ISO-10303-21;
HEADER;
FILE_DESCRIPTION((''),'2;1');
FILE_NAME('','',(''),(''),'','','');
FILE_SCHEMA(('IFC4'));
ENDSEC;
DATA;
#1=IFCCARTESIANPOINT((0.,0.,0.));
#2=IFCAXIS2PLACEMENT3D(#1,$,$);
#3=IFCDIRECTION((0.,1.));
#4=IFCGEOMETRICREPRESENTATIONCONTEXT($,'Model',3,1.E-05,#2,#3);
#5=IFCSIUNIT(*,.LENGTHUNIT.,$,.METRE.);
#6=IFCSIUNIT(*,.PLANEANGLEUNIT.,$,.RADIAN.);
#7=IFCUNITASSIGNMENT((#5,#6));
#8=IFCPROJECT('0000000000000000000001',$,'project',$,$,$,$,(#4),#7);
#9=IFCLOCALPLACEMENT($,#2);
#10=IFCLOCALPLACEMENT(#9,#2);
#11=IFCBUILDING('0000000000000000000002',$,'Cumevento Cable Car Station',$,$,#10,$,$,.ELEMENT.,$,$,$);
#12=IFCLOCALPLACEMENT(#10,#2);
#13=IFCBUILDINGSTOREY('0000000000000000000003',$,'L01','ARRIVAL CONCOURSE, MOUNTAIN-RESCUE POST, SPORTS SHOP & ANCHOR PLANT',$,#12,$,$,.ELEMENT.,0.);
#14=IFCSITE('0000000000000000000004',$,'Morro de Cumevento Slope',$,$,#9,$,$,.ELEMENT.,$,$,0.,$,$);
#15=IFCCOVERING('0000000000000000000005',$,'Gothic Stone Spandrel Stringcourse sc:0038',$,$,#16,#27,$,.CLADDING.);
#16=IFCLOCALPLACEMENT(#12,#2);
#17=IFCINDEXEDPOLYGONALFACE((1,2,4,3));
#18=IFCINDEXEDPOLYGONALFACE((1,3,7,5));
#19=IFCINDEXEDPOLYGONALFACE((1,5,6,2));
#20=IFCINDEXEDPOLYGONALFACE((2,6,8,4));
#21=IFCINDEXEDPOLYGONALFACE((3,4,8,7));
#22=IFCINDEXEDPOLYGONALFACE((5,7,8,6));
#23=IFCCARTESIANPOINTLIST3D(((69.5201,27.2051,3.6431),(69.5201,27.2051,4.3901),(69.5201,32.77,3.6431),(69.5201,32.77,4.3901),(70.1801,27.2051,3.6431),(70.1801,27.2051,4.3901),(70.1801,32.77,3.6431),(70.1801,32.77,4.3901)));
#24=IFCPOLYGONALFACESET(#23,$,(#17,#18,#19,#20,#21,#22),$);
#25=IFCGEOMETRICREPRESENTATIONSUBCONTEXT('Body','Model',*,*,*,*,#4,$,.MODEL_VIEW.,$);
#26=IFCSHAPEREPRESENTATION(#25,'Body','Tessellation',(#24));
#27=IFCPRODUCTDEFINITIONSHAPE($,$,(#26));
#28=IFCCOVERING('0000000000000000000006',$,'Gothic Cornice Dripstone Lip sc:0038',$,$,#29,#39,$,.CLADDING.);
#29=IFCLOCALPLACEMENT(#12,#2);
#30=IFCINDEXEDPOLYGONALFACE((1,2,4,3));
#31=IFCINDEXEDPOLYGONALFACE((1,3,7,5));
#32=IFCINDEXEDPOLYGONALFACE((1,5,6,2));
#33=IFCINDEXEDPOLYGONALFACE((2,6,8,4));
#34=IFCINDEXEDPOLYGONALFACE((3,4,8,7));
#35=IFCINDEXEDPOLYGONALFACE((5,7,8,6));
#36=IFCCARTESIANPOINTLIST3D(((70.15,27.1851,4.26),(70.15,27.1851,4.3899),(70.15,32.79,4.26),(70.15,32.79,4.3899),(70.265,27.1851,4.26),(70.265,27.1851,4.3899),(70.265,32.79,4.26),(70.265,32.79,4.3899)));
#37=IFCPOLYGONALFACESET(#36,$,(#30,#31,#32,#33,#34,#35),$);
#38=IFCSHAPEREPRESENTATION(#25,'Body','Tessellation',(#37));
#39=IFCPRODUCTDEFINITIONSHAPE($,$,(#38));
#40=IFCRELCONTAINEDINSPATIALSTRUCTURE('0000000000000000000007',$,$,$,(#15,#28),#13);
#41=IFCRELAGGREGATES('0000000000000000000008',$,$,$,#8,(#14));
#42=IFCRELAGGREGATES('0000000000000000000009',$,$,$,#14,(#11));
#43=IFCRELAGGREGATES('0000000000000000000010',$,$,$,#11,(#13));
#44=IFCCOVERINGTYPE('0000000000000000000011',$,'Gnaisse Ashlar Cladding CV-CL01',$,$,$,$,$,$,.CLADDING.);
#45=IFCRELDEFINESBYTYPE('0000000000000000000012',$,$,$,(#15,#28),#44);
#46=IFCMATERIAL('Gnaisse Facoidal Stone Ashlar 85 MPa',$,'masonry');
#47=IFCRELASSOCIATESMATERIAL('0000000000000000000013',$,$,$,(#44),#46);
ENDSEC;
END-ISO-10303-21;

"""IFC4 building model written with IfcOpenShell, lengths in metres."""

from ifc_helpers import new_model, si_unit, direction, frame, origin, origin_2d, place, context, subcontext, project, spatial, rectangle, extrude, material, type_object, element, save


model = new_model("IFC4")

# Units and contexts
model_context = context("Model", 3, precision=1e-05, world=origin(), true_north=direction((0.0, 1.0)))
body_context = subcontext(model_context, "Body", "Model", "MODEL_VIEW")
ifc_project = project(units=[si_unit("LENGTHUNIT", "METRE"), si_unit("PLANEANGLEUNIT", "RADIAN")], contexts=[model_context])

# Site, building, storey
site_placement = place(None, origin())
site = spatial("IfcSite", under=ifc_project, at=site_placement, Name="Morro de Cumevento Slope", CompositionType="ELEMENT", RefElevation=0.0)
building_placement = place(site_placement, origin())
building = spatial("IfcBuilding", under=site, at=building_placement, Name="Cumevento Cable Car Station", CompositionType="ELEMENT")
storey_placement = place(building_placement, origin())
storey = spatial("IfcBuildingStorey", under=building, at=storey_placement, Name="L01", Description="ARRIVAL CONCOURSE, MOUNTAIN-RESCUE POST, SPORTS SHOP & ANCHOR PLANT", CompositionType="ELEMENT", Elevation=0.0)

# Coverings
ifc_material_1 = material(Name="Gnaisse Facoidal Stone Ashlar 85 MPa", Category="masonry")
covering_type = type_object("IfcCoveringType", Name="Gnaisse Ashlar Cladding CV-CL01", PredefinedType="CLADDING", material=ifc_material_1)
covering_1_placement = place(storey_placement, frame((69.8501, 29.9875, 3.6431), z_axis=(0.0, 0.0, 1.0), x_axis=(0.0, -1.0, 0.0)))
element("IfcCovering", 1, at=covering_1_placement, inside=storey, type_object=covering_type, Name="Gothic Stone Spandrel Stringcourse sc:0038", PredefinedType="CLADDING", context=body_context, shape_type="SweptSolid", body=[
    extrude(rectangle(XDim=5.5649, YDim=0.6599, at=origin_2d()), origin(), (0.0, 0.0, 1.0), 0.7471),
])
covering_2_placement = place(storey_placement, frame((70.2075, 29.9875, 4.26), z_axis=(0.0, 0.0, 1.0), x_axis=(0.0, -1.0, 0.0)))
element("IfcCovering", 2, at=covering_2_placement, inside=storey, type_object=covering_type, Name="Gothic Cornice Dripstone Lip sc:0038", PredefinedType="CLADDING", context=body_context, shape_type="SweptSolid", body=[
    extrude(rectangle(XDim=5.605, YDim=0.115, at=origin_2d()), origin(), (0.0, 0.0, 1.0), 0.1299),
])

save(model, "model.ifc")
